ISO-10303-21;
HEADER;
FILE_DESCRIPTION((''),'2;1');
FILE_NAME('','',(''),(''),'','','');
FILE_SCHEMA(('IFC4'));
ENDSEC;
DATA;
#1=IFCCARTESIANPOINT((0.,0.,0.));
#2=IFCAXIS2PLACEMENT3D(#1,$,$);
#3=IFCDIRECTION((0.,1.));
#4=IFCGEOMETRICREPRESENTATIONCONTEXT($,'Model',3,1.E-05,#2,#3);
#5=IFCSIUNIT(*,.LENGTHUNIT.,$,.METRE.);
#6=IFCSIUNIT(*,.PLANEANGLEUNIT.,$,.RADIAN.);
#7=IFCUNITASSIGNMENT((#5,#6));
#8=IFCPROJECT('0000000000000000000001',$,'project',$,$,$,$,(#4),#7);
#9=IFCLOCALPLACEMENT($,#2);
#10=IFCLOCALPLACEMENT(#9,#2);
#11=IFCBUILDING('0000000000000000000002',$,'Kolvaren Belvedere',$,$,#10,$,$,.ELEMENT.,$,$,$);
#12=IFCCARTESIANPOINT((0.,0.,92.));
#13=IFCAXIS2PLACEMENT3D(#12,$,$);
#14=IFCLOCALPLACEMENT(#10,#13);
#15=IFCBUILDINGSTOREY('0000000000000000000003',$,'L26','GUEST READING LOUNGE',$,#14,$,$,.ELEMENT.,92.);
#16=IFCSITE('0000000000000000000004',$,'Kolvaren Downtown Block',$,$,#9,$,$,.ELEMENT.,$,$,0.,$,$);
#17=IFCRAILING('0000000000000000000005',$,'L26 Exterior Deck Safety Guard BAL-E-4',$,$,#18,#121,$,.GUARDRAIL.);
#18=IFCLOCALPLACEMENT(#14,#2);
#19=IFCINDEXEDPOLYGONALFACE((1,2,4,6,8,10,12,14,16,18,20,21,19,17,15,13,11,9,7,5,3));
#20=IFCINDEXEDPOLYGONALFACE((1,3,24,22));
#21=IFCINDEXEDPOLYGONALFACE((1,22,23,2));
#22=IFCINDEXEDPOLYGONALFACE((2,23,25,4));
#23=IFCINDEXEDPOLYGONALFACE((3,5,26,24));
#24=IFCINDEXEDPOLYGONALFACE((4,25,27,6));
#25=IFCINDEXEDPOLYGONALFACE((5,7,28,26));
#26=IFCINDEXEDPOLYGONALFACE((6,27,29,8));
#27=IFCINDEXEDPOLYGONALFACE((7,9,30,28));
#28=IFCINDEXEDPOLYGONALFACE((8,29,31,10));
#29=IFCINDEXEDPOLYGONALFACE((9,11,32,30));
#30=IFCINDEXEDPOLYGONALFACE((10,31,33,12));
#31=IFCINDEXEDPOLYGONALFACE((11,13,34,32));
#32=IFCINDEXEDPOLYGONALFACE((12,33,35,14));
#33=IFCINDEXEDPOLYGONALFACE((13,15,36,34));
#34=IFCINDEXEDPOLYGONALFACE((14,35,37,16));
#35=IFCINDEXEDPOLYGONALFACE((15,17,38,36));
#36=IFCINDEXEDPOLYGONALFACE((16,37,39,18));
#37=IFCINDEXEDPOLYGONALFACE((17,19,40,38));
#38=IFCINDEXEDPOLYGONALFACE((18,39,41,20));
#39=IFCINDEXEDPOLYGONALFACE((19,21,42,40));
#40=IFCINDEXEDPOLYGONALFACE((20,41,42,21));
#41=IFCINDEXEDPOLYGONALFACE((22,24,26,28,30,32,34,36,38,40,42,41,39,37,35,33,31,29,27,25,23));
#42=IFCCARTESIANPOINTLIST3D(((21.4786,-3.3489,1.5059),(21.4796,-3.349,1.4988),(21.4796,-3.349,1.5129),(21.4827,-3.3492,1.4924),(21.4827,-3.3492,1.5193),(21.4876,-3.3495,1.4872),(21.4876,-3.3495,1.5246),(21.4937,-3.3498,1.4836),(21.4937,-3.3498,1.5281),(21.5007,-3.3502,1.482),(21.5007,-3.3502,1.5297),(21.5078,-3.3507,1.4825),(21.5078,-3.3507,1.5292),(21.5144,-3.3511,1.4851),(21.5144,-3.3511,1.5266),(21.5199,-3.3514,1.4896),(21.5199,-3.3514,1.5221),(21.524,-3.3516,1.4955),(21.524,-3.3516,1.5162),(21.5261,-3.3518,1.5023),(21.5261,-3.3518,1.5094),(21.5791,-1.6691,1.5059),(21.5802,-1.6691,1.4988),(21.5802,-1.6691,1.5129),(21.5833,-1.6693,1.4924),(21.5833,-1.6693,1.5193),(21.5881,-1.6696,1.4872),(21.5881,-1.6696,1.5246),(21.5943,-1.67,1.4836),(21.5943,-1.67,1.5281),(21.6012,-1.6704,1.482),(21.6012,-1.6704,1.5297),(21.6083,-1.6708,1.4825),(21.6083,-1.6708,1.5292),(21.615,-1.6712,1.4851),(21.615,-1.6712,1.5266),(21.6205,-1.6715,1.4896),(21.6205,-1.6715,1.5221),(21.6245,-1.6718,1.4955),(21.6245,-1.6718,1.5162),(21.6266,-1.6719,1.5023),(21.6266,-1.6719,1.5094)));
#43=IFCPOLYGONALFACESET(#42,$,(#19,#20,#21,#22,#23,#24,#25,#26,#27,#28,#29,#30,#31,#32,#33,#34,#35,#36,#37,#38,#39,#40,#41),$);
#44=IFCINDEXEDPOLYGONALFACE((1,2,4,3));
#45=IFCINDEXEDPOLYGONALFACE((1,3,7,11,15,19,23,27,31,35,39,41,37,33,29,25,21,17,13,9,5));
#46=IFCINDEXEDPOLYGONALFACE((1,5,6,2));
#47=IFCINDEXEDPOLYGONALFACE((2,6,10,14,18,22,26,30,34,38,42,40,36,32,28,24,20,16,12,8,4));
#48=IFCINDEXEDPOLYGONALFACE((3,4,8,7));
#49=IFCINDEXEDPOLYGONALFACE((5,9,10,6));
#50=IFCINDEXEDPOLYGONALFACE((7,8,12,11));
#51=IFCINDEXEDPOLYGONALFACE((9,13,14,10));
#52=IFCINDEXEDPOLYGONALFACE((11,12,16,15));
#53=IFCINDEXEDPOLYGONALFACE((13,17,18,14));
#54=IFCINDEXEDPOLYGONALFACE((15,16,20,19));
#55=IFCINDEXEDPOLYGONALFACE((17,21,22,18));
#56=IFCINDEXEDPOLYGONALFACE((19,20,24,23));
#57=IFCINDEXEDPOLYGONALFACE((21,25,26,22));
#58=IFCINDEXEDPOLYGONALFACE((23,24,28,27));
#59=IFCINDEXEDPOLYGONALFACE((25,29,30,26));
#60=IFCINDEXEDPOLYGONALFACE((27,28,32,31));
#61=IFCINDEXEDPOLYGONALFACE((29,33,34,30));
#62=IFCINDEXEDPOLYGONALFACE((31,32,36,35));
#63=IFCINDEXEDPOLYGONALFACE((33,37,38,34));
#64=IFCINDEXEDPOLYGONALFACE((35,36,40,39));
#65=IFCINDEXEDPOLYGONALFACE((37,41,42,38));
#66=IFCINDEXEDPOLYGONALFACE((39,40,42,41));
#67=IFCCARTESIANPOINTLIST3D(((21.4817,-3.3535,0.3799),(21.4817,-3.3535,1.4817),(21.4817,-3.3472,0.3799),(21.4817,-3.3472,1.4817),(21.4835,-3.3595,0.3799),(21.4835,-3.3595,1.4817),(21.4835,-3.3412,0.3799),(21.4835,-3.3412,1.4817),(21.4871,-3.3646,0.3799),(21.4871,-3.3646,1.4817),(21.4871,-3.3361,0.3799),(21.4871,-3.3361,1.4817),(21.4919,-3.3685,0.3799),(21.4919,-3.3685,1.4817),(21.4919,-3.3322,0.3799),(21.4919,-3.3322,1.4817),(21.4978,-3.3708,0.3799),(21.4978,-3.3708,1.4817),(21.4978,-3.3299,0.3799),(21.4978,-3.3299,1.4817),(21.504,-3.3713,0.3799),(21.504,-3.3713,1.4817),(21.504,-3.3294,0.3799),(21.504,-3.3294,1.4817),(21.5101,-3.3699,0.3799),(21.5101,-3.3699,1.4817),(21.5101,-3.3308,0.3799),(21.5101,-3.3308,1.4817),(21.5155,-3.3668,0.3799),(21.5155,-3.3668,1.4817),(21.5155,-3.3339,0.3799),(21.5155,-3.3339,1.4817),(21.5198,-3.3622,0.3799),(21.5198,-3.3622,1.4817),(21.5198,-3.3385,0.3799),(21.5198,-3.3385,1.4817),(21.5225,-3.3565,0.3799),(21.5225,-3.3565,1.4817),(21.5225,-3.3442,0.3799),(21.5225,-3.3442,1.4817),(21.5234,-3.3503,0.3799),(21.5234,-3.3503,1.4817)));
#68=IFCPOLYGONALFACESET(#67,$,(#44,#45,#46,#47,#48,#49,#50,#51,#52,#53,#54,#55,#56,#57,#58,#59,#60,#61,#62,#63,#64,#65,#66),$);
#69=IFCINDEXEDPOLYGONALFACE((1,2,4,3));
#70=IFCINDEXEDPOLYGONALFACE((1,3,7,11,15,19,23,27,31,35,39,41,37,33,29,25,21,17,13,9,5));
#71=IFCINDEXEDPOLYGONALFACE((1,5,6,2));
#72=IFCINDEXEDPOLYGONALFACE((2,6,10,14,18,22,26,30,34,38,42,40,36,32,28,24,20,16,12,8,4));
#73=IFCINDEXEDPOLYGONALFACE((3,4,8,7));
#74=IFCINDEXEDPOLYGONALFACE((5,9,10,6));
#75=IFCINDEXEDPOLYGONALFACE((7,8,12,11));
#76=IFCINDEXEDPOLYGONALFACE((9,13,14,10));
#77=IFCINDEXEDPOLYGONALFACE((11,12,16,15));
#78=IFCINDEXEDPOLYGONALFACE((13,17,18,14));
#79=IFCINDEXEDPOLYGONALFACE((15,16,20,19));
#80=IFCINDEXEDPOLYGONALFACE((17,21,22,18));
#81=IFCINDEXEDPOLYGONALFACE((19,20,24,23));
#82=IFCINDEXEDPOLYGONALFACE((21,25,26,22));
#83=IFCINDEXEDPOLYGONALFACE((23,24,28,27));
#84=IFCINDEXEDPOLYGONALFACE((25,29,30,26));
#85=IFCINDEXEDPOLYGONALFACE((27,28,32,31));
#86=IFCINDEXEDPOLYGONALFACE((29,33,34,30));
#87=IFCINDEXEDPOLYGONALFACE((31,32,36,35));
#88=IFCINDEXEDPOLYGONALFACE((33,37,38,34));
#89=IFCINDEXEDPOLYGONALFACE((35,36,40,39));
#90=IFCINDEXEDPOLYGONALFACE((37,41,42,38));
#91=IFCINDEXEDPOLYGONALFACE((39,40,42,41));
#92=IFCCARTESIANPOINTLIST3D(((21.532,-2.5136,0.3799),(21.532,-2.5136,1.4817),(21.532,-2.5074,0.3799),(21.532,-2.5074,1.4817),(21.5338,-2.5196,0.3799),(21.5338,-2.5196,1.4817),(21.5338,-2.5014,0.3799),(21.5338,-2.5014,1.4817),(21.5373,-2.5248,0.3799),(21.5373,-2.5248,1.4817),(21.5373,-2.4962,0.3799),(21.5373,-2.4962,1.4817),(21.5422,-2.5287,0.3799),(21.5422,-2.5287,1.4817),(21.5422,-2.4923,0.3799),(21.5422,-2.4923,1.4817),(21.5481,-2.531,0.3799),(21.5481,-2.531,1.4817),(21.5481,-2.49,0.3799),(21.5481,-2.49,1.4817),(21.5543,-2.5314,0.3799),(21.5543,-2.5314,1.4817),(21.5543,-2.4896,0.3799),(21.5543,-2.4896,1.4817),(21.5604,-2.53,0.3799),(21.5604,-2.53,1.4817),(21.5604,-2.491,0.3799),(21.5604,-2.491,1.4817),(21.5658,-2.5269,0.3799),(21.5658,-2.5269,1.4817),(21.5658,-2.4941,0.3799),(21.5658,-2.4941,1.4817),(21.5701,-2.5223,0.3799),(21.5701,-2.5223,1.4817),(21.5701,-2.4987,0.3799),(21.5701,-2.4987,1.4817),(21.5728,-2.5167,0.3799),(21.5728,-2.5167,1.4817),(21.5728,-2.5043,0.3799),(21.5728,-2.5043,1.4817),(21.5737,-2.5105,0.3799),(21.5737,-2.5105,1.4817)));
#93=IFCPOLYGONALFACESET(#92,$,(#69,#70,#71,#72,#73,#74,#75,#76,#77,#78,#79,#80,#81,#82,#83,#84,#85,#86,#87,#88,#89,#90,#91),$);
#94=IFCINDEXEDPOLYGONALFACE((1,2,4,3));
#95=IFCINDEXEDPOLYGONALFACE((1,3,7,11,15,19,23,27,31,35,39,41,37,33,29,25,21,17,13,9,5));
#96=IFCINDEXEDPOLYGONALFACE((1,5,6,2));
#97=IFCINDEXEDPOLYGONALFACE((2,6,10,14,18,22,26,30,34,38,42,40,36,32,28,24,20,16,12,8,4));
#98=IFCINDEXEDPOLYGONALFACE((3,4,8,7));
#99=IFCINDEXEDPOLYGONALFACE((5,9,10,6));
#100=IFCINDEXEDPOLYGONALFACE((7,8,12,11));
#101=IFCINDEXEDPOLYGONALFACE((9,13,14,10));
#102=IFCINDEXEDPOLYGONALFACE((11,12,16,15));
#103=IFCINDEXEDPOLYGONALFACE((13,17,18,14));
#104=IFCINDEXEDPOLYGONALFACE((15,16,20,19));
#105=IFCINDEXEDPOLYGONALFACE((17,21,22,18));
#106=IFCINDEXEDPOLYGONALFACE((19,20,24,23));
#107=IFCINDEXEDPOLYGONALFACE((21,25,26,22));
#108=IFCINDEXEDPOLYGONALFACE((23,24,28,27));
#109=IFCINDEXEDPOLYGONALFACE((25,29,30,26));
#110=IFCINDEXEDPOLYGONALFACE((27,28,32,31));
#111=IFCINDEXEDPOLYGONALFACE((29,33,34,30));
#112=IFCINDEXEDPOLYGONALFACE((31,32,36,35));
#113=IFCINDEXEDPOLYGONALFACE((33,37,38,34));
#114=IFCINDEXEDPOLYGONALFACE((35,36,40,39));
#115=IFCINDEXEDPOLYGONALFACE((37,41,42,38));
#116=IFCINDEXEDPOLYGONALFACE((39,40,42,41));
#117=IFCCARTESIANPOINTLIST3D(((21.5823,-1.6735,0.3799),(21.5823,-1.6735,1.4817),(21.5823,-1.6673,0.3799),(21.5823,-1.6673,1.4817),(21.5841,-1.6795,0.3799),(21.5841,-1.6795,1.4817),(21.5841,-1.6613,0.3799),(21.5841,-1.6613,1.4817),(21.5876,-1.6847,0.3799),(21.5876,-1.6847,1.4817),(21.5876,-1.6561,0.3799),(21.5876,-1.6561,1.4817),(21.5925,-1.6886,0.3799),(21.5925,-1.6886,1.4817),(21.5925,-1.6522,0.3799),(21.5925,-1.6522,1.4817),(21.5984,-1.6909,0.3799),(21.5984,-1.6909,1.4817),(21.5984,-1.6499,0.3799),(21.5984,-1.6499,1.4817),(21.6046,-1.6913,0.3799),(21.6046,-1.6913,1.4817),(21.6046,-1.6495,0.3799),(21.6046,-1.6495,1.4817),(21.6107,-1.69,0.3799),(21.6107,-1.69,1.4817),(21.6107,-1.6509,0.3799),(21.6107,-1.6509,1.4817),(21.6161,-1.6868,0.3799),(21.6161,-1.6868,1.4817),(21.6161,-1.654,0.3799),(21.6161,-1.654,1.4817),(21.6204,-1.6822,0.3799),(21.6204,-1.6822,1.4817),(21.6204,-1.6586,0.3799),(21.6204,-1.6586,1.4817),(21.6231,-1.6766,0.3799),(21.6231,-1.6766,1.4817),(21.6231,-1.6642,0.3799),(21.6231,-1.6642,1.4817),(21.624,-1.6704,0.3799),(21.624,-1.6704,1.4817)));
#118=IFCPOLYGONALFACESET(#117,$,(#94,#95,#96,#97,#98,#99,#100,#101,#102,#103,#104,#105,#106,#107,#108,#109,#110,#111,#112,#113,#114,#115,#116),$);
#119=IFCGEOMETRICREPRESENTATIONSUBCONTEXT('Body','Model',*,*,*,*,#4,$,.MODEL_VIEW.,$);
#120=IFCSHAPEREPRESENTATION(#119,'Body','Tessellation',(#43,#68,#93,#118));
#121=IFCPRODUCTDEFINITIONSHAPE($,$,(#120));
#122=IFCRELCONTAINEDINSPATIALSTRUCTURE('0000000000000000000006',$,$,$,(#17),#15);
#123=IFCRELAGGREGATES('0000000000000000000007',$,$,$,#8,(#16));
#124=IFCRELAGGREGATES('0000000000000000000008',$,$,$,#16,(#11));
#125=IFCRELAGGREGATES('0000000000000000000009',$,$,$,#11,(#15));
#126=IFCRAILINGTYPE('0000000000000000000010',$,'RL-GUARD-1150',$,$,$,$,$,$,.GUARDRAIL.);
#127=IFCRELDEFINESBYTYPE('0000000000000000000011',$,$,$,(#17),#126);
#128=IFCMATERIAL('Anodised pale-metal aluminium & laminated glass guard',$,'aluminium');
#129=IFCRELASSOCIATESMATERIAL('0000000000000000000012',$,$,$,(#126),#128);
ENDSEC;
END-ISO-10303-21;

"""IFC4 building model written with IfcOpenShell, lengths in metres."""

from ifc_helpers import new_model, si_unit, direction, frame, origin, origin_2d, place, context, subcontext, project, spatial, circle, extrude, material, type_object, element, save


model = new_model("IFC4")

# Units and contexts
model_context = context("Model", 3, precision=1e-05, world=origin(), true_north=direction((0.0, 1.0)))
body_context = subcontext(model_context, "Body", "Model", "MODEL_VIEW")
ifc_project = project(units=[si_unit("LENGTHUNIT", "METRE"), si_unit("PLANEANGLEUNIT", "RADIAN")], contexts=[model_context])

# Site, building, storey
site_placement = place(None, origin())
site = spatial("IfcSite", under=ifc_project, at=site_placement, Name="Kolvaren Downtown Block", CompositionType="ELEMENT", RefElevation=0.0)
building_placement = place(site_placement, origin())
building = spatial("IfcBuilding", under=site, at=building_placement, Name="Kolvaren Belvedere", CompositionType="ELEMENT")
storey_placement = place(building_placement, frame((0.0, 0.0, 92.0)))
storey = spatial("IfcBuildingStorey", under=building, at=storey_placement, Name="L26", Description="GUEST READING LOUNGE", CompositionType="ELEMENT", Elevation=92.0)

# Railing
ifc_material_1 = material(Name="Anodised pale-metal aluminium & laminated glass guard", Category="aluminium")
railing_type = type_object("IfcRailingType", Name="RL-GUARD-1150", PredefinedType="GUARDRAIL", material=ifc_material_1)
railing_1_placement = place(storey_placement, frame((21.5024, -3.3503, 0.3799)))
element("IfcRailing", 1, at=railing_1_placement, inside=storey, type_object=railing_type, Name="L26 Exterior Deck Safety Guard BAL-E-4", PredefinedType="GUARDRAIL", context=body_context, shape_type="SweptSolid", body=[
    extrude(circle(Radius=0.0239, at=origin_2d()), frame((0.0, 0.0, 1.126), z_axis=(0.059768, 0.998212, 0.0), x_axis=(-0.998212, 0.059768, 0.0)), (0.0, 0.0, 1.0), 1.6829),
    extrude(circle(Radius=0.021, at=origin_2d()), origin(), (0.0, 0.0, 1.0), 1.1018),
    extrude(circle(Radius=0.021, at=origin_2d()), frame((0.0503, 0.8398, 0.0)), (0.0, 0.0, 1.0), 1.1018),
    extrude(circle(Radius=0.021, at=origin_2d()), frame((0.1006, 1.6799, 0.0)), (0.0, 0.0, 1.0), 1.1018),
])

save(model, "model.ifc")
